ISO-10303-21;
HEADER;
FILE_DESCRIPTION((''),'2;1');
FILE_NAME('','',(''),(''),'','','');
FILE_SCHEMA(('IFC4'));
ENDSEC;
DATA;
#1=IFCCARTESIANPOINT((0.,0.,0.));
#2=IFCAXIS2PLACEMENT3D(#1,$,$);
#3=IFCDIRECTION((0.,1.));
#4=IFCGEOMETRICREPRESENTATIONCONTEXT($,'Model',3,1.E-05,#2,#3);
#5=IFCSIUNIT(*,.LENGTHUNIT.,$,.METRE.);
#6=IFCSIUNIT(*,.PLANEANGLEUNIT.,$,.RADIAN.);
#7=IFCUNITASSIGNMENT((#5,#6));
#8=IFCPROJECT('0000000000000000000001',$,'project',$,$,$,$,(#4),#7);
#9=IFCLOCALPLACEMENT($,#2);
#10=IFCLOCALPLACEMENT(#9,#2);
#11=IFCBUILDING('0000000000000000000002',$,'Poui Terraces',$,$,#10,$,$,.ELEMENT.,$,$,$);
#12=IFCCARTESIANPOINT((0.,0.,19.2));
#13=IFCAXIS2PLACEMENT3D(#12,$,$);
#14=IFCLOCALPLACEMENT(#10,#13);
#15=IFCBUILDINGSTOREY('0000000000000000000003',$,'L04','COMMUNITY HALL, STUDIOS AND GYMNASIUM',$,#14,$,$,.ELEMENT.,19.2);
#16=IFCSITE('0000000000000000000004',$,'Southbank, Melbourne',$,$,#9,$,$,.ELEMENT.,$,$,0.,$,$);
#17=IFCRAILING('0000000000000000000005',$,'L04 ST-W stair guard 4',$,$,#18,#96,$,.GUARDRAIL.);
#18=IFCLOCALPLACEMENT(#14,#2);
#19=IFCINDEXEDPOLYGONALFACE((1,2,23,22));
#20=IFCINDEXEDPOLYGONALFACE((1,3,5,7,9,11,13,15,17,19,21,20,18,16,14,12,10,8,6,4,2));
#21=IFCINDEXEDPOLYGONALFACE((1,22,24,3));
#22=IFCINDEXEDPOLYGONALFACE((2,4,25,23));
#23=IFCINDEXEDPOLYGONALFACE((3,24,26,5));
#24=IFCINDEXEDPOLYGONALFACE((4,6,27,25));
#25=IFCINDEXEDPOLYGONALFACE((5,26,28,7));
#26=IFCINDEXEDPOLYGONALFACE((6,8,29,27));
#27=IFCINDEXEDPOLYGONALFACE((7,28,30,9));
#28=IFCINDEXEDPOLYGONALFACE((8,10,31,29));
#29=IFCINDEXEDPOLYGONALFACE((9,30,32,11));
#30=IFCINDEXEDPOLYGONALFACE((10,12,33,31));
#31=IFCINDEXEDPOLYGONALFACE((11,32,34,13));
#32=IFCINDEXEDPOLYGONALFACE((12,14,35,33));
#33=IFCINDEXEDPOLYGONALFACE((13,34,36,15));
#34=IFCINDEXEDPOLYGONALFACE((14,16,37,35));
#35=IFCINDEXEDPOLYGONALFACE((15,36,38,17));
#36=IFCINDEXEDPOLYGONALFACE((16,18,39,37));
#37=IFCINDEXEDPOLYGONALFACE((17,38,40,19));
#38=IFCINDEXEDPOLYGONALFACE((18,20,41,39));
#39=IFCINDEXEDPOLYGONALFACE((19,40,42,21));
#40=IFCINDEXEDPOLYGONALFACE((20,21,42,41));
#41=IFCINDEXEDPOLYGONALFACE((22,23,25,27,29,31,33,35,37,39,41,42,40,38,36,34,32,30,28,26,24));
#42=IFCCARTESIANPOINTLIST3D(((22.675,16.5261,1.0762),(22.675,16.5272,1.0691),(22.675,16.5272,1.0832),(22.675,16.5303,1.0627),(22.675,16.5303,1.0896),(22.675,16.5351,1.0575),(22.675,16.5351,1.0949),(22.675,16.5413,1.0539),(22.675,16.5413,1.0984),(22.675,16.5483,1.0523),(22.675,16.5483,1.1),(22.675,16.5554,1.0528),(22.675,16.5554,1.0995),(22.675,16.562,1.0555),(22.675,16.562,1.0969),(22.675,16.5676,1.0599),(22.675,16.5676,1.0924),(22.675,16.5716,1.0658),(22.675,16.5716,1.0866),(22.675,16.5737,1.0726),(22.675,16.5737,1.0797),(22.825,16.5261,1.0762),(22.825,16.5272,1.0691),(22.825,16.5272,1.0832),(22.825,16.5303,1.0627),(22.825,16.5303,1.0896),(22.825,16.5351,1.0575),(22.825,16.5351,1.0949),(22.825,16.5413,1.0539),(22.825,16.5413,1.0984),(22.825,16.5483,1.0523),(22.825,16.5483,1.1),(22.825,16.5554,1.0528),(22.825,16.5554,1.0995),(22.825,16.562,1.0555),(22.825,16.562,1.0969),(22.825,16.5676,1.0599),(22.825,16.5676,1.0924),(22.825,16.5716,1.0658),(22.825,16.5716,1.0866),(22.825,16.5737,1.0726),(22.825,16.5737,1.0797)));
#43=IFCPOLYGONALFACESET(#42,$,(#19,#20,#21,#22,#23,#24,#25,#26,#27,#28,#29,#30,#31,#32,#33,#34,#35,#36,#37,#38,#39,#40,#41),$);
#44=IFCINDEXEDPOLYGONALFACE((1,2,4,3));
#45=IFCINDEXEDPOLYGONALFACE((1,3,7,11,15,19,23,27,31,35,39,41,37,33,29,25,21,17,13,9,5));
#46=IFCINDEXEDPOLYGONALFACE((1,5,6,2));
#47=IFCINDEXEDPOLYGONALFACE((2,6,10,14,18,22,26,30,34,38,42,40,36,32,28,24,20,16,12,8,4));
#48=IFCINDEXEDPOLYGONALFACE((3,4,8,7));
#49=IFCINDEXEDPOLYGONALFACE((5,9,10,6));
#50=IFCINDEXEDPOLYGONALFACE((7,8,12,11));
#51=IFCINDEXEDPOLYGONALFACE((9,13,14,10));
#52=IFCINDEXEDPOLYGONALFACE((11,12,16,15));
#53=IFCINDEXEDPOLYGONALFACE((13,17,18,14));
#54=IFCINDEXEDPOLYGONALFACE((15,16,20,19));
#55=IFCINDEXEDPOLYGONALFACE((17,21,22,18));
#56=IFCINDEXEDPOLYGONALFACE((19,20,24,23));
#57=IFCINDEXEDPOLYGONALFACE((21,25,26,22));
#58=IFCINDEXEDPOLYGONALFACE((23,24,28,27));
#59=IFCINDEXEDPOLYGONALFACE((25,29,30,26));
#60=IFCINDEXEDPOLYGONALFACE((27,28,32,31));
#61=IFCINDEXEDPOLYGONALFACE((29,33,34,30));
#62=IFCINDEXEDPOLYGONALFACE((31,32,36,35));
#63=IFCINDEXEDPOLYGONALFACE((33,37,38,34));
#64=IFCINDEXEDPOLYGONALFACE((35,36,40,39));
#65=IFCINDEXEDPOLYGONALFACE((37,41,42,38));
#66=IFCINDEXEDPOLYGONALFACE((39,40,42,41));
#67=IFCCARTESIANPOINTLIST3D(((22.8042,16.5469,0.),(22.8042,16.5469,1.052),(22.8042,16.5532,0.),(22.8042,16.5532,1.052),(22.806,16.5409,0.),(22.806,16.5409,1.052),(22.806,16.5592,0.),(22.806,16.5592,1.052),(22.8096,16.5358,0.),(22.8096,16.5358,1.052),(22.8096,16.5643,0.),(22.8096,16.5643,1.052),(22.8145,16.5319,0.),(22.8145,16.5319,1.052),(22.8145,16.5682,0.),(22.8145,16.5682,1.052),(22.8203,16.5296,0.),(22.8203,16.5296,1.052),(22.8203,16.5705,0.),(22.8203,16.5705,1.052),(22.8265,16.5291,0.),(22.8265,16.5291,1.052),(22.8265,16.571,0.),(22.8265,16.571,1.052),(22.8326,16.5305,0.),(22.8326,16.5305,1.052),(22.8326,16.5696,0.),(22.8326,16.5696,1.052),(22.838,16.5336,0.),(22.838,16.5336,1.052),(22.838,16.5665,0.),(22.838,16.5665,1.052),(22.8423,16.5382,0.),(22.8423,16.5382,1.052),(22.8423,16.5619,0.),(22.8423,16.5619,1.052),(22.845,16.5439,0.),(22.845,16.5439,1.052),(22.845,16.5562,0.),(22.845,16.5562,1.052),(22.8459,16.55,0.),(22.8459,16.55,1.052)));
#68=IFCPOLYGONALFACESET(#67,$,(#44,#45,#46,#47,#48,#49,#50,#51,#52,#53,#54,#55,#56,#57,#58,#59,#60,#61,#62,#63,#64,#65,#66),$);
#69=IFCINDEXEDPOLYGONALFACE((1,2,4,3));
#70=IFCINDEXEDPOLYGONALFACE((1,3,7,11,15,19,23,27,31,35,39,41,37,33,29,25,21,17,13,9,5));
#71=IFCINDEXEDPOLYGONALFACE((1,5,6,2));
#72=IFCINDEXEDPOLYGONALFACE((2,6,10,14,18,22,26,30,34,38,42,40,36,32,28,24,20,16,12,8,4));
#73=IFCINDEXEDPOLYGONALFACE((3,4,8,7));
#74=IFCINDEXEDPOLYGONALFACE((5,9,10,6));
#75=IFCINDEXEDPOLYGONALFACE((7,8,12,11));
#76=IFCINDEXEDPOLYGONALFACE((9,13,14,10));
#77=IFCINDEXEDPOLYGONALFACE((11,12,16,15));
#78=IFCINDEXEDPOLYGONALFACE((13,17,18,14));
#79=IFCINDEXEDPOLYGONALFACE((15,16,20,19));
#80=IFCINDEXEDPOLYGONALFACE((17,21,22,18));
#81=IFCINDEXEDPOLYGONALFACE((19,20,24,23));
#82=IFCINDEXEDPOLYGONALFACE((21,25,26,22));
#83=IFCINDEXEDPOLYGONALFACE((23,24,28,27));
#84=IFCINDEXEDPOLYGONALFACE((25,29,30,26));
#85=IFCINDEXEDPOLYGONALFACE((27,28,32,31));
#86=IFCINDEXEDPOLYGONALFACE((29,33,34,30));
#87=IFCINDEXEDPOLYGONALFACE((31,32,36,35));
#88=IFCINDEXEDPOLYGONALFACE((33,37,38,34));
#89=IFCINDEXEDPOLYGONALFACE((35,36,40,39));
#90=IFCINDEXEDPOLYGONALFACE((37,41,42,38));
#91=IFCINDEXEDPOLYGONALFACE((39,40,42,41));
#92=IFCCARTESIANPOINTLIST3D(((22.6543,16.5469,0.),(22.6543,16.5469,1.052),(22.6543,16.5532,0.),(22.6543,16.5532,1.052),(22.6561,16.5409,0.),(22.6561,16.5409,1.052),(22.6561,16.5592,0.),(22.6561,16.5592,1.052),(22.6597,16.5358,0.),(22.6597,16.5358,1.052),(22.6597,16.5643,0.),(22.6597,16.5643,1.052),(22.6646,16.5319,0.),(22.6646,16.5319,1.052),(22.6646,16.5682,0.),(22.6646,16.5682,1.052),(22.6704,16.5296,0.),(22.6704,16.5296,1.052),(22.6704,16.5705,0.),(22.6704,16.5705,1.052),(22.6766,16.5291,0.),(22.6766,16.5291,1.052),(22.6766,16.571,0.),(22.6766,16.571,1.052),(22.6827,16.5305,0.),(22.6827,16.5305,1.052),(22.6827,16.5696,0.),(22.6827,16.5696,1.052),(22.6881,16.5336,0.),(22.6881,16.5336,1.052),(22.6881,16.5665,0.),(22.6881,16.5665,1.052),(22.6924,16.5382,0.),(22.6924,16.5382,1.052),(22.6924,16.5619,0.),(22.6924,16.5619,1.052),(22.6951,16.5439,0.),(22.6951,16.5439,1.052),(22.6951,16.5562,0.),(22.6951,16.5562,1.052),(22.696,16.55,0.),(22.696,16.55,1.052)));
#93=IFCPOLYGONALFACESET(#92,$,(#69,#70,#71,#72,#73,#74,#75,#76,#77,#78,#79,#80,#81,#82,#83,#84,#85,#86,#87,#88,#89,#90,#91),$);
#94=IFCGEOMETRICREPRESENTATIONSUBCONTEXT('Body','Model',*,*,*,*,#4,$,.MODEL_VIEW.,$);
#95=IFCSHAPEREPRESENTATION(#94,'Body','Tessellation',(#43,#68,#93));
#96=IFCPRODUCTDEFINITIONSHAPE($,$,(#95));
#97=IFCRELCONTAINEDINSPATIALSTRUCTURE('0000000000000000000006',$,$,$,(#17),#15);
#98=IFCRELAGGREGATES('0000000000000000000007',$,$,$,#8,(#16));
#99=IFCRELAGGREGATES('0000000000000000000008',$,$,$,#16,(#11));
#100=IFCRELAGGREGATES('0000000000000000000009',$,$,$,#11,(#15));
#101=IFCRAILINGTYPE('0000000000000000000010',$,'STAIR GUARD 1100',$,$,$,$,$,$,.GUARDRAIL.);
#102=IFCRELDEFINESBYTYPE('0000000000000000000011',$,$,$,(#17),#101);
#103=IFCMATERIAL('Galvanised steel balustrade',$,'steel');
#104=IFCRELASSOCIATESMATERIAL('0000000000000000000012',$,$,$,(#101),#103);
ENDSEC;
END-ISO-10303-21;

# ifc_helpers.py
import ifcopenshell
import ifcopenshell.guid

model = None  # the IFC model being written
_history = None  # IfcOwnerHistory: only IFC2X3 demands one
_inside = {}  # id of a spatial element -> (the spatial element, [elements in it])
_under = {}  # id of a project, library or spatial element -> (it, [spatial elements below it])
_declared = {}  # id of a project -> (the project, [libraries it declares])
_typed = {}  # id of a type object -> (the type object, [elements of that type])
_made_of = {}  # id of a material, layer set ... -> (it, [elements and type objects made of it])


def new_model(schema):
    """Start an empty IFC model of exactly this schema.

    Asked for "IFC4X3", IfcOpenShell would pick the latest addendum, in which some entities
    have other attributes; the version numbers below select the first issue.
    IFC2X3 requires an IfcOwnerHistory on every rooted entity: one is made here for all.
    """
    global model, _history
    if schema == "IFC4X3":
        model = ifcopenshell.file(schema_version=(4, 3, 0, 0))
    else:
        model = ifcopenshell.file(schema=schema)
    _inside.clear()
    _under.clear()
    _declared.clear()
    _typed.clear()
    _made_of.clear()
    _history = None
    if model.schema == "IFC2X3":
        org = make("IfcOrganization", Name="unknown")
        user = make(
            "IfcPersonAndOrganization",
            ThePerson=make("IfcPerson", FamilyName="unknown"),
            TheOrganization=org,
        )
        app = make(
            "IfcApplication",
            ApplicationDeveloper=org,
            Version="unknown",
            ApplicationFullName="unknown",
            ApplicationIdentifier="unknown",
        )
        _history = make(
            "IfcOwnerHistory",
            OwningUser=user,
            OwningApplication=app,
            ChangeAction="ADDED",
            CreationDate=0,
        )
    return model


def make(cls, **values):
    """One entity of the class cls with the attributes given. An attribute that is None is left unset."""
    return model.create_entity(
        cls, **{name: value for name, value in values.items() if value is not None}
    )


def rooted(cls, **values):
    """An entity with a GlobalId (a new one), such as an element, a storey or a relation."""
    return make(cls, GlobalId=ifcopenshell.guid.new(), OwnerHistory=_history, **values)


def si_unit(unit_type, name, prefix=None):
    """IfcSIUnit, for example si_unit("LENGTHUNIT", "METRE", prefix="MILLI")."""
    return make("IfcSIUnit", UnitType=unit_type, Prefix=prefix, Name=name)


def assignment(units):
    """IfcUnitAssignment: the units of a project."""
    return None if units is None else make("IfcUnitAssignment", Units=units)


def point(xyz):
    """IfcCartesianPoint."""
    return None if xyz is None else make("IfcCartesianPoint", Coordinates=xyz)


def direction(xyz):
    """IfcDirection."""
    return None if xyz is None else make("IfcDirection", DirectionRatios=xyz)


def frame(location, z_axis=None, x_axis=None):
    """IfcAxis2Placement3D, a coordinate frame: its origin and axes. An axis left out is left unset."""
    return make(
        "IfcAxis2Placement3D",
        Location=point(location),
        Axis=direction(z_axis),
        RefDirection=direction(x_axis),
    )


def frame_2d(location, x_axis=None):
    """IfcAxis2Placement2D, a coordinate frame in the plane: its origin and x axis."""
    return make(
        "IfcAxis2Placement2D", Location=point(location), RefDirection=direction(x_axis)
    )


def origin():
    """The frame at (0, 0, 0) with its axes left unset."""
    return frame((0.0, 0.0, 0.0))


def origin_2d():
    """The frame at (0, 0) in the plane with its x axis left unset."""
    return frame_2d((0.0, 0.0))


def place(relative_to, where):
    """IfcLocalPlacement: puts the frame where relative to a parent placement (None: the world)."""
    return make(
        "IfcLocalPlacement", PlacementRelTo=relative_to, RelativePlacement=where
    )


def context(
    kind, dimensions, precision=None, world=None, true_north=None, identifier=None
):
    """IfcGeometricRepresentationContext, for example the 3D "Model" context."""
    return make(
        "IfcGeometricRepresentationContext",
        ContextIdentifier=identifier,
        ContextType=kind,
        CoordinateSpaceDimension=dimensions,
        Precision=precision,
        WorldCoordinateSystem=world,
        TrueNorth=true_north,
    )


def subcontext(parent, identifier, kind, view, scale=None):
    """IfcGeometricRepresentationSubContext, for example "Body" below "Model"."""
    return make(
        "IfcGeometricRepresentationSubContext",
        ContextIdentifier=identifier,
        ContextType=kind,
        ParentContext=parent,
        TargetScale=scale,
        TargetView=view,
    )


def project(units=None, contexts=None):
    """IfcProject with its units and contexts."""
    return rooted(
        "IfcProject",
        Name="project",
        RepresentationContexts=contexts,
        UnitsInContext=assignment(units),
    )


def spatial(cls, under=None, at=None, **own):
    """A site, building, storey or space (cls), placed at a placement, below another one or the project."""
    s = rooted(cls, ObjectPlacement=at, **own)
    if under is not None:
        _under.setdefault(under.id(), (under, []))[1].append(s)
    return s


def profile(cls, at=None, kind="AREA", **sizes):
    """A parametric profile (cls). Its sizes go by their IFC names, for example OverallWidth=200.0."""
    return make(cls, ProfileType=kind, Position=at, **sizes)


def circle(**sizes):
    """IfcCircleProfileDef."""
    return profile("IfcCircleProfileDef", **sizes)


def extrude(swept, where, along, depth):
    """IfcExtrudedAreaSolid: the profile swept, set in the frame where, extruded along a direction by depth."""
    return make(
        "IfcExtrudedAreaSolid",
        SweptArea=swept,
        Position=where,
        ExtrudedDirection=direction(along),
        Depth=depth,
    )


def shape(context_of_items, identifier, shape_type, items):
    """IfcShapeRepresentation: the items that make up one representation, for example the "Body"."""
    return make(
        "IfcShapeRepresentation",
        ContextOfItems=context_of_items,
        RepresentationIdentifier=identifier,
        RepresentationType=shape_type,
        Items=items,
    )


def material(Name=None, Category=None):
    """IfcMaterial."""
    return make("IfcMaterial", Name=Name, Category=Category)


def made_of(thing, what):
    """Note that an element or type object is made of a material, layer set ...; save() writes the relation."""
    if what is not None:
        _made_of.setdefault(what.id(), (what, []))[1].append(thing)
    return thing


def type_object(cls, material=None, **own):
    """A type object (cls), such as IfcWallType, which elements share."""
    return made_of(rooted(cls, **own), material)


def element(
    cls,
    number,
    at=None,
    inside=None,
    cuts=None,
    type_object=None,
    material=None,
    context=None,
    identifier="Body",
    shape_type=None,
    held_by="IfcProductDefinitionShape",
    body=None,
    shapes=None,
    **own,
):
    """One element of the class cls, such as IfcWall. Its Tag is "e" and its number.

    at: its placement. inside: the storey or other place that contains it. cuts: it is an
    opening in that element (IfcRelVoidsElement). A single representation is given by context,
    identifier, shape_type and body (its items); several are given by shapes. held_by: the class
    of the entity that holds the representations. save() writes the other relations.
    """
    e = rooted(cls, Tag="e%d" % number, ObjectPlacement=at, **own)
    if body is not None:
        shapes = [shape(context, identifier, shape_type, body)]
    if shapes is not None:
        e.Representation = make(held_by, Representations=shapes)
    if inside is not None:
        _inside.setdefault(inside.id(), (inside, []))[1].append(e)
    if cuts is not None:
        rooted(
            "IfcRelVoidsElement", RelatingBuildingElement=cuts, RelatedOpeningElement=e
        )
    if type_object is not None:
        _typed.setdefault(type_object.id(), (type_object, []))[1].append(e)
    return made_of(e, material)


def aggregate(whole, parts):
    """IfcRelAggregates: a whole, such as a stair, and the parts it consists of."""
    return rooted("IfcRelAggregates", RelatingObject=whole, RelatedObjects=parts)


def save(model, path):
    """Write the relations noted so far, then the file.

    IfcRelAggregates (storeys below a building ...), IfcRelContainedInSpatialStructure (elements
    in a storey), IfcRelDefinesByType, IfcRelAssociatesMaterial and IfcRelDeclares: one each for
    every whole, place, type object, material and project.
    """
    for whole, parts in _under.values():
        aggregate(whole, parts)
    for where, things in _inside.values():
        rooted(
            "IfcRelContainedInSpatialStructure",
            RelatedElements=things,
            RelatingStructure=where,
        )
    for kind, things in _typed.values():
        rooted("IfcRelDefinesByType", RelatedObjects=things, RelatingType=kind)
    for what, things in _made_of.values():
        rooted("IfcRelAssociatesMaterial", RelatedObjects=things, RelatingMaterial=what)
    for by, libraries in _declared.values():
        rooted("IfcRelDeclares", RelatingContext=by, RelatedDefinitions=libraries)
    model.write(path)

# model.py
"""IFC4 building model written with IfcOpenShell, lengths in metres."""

from ifc_helpers import new_model, si_unit, direction, frame, origin, origin_2d, place, context, subcontext, project, spatial, circle, extrude, material, type_object, element, save


model = new_model("IFC4")

# Units and contexts
model_context = context("Model", 3, precision=1e-05, world=origin(), true_north=direction((0.0, 1.0)))
body_context = subcontext(model_context, "Body", "Model", "MODEL_VIEW")
ifc_project = project(units=[si_unit("LENGTHUNIT", "METRE"), si_unit("PLANEANGLEUNIT", "RADIAN")], contexts=[model_context])

# Site, building, storey
site_placement = place(None, origin())
site = spatial("IfcSite", under=ifc_project, at=site_placement, Name="Southbank, Melbourne", CompositionType="ELEMENT", RefElevation=0.0)
building_placement = place(site_placement, origin())
building = spatial("IfcBuilding", under=site, at=building_placement, Name="Poui Terraces", CompositionType="ELEMENT")
storey_placement = place(building_placement, frame((0.0, 0.0, 19.2)))
storey = spatial("IfcBuildingStorey", under=building, at=storey_placement, Name="L04", Description="COMMUNITY HALL, STUDIOS AND GYMNASIUM", CompositionType="ELEMENT", Elevation=19.2)

# Railing
ifc_material_1 = material(Name="Galvanised steel balustrade", Category="steel")
railing_type_1 = type_object("IfcRailingType", Name="STAIR GUARD 1100", PredefinedType="GUARDRAIL", material=ifc_material_1)
railing_1_placement = place(storey_placement, frame((22.825, 16.55, 0.0)))
element("IfcRailing", 1, at=railing_1_placement, inside=storey, type_object=railing_type_1, Name="L04 ST-W stair guard 4", PredefinedType="GUARDRAIL", context=body_context, shape_type="SweptSolid", body=[
    extrude(circle(Radius=0.0239, at=origin_2d()), frame((0.0, 0.0, 1.0762), z_axis=(-1.0, 0.0, 0.0), x_axis=(0.0, -1.0, 0.0)), (0.0, 0.0, 1.0), 0.1499),
    extrude(circle(Radius=0.021, at=origin_2d()), origin(), (0.0, 0.0, 1.0), 1.052),
    extrude(circle(Radius=0.021, at=origin_2d()), frame((-0.1499, 0.0, 0.0)), (0.0, 0.0, 1.0), 1.052),
])

save(model, "model.ifc")
